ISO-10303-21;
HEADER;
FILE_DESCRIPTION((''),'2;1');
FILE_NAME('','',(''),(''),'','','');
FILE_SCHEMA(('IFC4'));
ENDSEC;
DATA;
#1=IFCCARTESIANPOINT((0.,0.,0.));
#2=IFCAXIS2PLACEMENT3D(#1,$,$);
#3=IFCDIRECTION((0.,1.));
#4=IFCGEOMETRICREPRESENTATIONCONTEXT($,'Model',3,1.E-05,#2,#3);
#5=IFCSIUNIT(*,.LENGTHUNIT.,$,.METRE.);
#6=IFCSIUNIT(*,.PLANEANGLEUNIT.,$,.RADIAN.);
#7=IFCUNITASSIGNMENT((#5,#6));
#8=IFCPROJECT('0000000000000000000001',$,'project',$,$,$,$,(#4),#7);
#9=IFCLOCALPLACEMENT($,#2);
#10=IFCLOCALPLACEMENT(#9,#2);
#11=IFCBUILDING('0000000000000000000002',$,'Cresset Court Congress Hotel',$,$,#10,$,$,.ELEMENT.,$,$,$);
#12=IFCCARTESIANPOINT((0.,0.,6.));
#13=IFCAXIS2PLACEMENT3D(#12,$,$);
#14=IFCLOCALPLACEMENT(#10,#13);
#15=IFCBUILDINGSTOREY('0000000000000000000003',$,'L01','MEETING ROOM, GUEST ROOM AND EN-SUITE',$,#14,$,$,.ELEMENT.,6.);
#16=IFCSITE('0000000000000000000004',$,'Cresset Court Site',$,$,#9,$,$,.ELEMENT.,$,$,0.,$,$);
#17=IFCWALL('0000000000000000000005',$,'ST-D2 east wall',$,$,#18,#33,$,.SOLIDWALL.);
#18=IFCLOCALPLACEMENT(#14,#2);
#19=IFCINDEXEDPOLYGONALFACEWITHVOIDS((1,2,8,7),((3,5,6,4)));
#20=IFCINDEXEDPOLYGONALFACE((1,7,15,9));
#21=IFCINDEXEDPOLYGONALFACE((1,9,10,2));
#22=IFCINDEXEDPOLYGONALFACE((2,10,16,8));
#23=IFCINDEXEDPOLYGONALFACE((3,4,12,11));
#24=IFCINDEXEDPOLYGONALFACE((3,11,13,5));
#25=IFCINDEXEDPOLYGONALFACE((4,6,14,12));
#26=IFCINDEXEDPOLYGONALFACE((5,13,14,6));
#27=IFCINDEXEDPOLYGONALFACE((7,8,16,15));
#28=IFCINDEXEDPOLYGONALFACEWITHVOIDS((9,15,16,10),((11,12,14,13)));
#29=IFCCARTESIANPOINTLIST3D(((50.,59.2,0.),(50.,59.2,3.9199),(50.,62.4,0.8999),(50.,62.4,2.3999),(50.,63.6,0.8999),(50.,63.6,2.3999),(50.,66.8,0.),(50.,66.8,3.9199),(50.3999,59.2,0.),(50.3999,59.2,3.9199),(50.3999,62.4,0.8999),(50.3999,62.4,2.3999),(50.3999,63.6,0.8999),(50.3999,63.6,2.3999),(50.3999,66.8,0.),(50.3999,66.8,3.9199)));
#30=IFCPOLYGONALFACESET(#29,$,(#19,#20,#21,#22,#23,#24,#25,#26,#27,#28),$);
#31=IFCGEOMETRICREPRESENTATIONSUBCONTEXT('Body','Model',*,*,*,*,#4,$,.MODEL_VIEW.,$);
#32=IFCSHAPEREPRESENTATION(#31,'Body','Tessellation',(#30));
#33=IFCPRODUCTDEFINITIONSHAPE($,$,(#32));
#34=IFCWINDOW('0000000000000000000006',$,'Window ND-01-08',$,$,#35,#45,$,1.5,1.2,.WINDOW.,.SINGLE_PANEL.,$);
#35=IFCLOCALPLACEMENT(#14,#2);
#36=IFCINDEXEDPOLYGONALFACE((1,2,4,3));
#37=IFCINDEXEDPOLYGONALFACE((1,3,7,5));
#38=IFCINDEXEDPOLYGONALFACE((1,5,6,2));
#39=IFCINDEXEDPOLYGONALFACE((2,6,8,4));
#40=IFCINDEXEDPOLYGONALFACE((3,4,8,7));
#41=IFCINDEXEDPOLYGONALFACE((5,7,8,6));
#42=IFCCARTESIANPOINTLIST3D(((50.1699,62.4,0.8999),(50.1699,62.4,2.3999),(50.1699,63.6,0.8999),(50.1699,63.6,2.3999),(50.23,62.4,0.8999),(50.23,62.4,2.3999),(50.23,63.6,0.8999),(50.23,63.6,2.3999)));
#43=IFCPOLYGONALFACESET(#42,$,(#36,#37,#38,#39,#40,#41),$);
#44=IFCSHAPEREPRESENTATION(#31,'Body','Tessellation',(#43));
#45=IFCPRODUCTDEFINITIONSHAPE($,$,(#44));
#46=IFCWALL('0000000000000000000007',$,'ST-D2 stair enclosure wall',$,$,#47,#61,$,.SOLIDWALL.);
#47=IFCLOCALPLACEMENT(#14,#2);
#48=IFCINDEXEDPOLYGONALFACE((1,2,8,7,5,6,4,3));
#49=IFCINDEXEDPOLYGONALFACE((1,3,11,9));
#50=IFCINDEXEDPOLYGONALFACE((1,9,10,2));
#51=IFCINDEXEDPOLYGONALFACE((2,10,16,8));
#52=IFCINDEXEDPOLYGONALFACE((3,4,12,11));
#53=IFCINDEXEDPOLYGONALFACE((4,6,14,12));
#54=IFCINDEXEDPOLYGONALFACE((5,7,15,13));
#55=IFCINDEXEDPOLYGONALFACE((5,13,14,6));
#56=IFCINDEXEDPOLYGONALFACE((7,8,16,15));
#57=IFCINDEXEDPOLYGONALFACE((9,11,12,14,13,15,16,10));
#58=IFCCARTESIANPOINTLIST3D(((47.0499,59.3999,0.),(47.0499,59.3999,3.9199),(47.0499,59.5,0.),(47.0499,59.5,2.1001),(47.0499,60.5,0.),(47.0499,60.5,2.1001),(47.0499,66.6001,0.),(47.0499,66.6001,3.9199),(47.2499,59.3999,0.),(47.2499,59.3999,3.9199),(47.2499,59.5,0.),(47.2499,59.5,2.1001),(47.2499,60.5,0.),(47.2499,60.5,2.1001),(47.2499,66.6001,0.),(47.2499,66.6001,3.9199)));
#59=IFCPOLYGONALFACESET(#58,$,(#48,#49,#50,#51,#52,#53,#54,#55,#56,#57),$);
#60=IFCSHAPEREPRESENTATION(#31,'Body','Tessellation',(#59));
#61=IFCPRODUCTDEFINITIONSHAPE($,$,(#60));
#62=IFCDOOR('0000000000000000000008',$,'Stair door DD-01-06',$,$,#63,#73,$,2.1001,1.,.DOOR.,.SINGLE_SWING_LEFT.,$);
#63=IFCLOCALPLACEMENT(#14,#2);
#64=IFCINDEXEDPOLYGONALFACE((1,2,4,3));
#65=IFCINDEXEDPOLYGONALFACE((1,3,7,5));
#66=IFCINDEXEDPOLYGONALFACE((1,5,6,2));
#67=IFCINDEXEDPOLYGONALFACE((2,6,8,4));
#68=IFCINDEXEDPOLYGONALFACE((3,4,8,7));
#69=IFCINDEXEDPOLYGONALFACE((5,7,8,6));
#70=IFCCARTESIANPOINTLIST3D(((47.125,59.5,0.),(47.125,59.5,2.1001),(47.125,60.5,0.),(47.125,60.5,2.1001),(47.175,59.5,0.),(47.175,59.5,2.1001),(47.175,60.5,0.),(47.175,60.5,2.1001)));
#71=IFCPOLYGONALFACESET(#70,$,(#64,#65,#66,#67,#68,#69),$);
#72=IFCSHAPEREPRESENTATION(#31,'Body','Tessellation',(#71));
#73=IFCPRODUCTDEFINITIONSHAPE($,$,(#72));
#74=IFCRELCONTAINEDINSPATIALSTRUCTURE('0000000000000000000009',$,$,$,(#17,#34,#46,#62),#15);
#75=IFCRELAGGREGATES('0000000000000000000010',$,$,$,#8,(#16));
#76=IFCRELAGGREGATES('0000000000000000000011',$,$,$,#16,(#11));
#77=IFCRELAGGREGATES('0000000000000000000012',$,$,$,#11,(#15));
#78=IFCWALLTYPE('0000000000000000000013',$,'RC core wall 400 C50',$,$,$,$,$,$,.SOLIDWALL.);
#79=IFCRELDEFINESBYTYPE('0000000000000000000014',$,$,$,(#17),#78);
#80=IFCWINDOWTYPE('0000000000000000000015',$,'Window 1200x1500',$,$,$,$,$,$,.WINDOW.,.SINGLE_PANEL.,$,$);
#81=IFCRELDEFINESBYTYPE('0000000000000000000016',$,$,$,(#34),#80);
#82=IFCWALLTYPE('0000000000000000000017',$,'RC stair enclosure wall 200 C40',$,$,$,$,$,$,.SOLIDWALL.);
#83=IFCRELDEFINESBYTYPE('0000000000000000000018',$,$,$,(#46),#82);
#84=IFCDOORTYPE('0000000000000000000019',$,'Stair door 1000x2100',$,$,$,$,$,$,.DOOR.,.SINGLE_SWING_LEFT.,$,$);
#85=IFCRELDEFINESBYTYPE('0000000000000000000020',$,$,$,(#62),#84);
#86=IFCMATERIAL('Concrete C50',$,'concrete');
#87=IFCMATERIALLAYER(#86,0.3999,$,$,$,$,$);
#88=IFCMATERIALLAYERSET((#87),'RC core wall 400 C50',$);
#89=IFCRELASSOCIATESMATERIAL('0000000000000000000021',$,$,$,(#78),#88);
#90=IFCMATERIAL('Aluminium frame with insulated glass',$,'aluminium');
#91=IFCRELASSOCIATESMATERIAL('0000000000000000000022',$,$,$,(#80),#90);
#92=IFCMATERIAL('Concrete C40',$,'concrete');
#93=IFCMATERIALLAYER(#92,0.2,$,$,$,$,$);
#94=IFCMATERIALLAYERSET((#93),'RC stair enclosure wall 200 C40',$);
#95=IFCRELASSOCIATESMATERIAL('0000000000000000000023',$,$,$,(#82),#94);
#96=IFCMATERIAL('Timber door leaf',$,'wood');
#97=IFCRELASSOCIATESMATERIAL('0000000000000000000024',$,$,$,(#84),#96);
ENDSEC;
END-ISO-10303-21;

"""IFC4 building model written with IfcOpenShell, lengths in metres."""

from ifc_helpers import new_model, si_unit, direction, frame, frame_2d, origin, place, context, subcontext, project, spatial, rectangle, extrude, material, layer, layer_set, type_object, element, fill, save


model = new_model("IFC4")

# Units and contexts
model_context = context("Model", 3, precision=1e-05, world=origin(), true_north=direction((0.0, 1.0)))
body_context = subcontext(model_context, "Body", "Model", "MODEL_VIEW")
ifc_project = project(units=[si_unit("LENGTHUNIT", "METRE"), si_unit("PLANEANGLEUNIT", "RADIAN")], contexts=[model_context])

# Site, building, storey
site_placement = place(None, origin())
site = spatial("IfcSite", under=ifc_project, at=site_placement, Name="Cresset Court Site", CompositionType="ELEMENT", RefElevation=0.0)
building_placement = place(site_placement, origin())
building = spatial("IfcBuilding", under=site, at=building_placement, Name="Cresset Court Congress Hotel", CompositionType="ELEMENT")
storey_placement = place(building_placement, frame((0.0, 0.0, 6.0)))
storey = spatial("IfcBuildingStorey", under=building, at=storey_placement, Name="L01", Description="MEETING ROOM, GUEST ROOM AND EN-SUITE", CompositionType="ELEMENT", Elevation=6.0)

# Shared definitions
ifc_material_1 = material(Name="Concrete C50", Category="concrete")
ifc_layer_1 = layer(ifc_material_1, 0.3999)
ifc_layer_set_1 = layer_set([ifc_layer_1], Name="RC core wall 400 C50")
wall_type_1 = type_object("IfcWallType", Name="RC core wall 400 C50", PredefinedType="SOLIDWALL", material=ifc_layer_set_1)

# Wall, opening, window
wall_1_placement = place(storey_placement, frame((50.2, 59.2, 0.0), z_axis=(0.0, 0.0, 1.0), x_axis=(0.0, 1.0, 0.0)))
wall_1 = element("IfcWall", 1, at=wall_1_placement, inside=storey, type_object=wall_type_1, Name="ST-D2 east wall", PredefinedType="SOLIDWALL", context=body_context, shape_type="SweptSolid", body=[
    extrude(rectangle(XDim=7.6001, YDim=0.3999, at=frame_2d((3.8, 0.0))), origin(), (0.0, 0.0, 1.0), 3.9199),
])
opening_1_placement = place(wall_1_placement, frame((3.2, 0.0, 0.8999)))
opening_1 = element("IfcOpeningElement", 2, at=opening_1_placement, cuts=wall_1, PredefinedType="OPENING", context=body_context, shape_type="SweptSolid", body=[
    extrude(rectangle(XDim=1.2, YDim=1.5, at=frame_2d((0.6001, 0.75))), frame((0.0, 0.21, 0.0), z_axis=(0.0, -1.0, 0.0), x_axis=(1.0, 0.0, 0.0)), (0.0, 0.0, 1.0), 0.4199),
])
ifc_material_2 = material(Name="Aluminium frame with insulated glass", Category="aluminium")
window_type = type_object("IfcWindowType", Name="Window 1200x1500", PartitioningType="SINGLE_PANEL", PredefinedType="WINDOW", material=ifc_material_2)
window_placement = place(opening_1_placement, origin())
window = element("IfcWindow", 3, at=window_placement, inside=storey, type_object=window_type, Name="Window ND-01-08", OverallHeight=1.5, OverallWidth=1.2, PartitioningType="SINGLE_PANEL", PredefinedType="WINDOW", context=body_context, shape_type="SweptSolid", body=[
    extrude(rectangle(XDim=1.2, YDim=1.5, at=frame_2d((0.6001, 0.75))), frame((0.0, 0.03, 0.0), z_axis=(0.0, -1.0, 0.0), x_axis=(1.0, 0.0, 0.0)), (0.0, 0.0, 1.0), 0.0601),
])
fill(opening_1, window)

# Wall, opening, door
ifc_material_3 = material(Name="Concrete C40", Category="concrete")
ifc_layer_2 = layer(ifc_material_3, 0.2)
ifc_layer_set_2 = layer_set([ifc_layer_2], Name="RC stair enclosure wall 200 C40")
wall_type_2 = type_object("IfcWallType", Name="RC stair enclosure wall 200 C40", PredefinedType="SOLIDWALL", material=ifc_layer_set_2)
wall_2_placement = place(storey_placement, frame((47.1499, 59.3999, 0.0), z_axis=(0.0, 0.0, 1.0), x_axis=(0.0, 1.0, 0.0)))
wall_2 = element("IfcWall", 4, at=wall_2_placement, inside=storey, type_object=wall_type_2, Name="ST-D2 stair enclosure wall", PredefinedType="SOLIDWALL", context=body_context, shape_type="SweptSolid", body=[
    extrude(rectangle(XDim=7.2002, YDim=0.2, at=frame_2d((3.6001, 0.0))), origin(), (0.0, 0.0, 1.0), 3.9199),
])
opening_2_placement = place(wall_2_placement, frame((0.1001, 0.0, 0.0)))
opening_2 = element("IfcOpeningElement", 5, at=opening_2_placement, cuts=wall_2, PredefinedType="OPENING", context=body_context, shape_type="SweptSolid", body=[
    extrude(rectangle(XDim=1.0, YDim=2.1001, at=frame_2d((0.5, 1.05))), frame((0.0, 0.1099, 0.0), z_axis=(0.0, -1.0, 0.0), x_axis=(1.0, 0.0, 0.0)), (0.0, 0.0, 1.0), 0.22),
])
ifc_material_4 = material(Name="Timber door leaf", Category="wood")
door_type_1 = type_object("IfcDoorType", Name="Stair door 1000x2100", OperationType="SINGLE_SWING_LEFT", PredefinedType="DOOR", material=ifc_material_4)
door_1_placement = place(opening_2_placement, origin())
door_1 = element("IfcDoor", 6, at=door_1_placement, inside=storey, type_object=door_type_1, Name="Stair door DD-01-06", OperationType="SINGLE_SWING_LEFT", OverallHeight=2.1001, OverallWidth=1.0, PredefinedType="DOOR", context=body_context, shape_type="SweptSolid", body=[
    extrude(rectangle(XDim=1.0, YDim=2.1001, at=frame_2d((0.5, 1.05))), frame((0.0, 0.0249, 0.0), z_axis=(0.0, -1.0, 0.0), x_axis=(1.0, 0.0, 0.0)), (0.0, 0.0, 1.0), 0.05),
])
fill(opening_2, door_1)

save(model, "model.ifc")
